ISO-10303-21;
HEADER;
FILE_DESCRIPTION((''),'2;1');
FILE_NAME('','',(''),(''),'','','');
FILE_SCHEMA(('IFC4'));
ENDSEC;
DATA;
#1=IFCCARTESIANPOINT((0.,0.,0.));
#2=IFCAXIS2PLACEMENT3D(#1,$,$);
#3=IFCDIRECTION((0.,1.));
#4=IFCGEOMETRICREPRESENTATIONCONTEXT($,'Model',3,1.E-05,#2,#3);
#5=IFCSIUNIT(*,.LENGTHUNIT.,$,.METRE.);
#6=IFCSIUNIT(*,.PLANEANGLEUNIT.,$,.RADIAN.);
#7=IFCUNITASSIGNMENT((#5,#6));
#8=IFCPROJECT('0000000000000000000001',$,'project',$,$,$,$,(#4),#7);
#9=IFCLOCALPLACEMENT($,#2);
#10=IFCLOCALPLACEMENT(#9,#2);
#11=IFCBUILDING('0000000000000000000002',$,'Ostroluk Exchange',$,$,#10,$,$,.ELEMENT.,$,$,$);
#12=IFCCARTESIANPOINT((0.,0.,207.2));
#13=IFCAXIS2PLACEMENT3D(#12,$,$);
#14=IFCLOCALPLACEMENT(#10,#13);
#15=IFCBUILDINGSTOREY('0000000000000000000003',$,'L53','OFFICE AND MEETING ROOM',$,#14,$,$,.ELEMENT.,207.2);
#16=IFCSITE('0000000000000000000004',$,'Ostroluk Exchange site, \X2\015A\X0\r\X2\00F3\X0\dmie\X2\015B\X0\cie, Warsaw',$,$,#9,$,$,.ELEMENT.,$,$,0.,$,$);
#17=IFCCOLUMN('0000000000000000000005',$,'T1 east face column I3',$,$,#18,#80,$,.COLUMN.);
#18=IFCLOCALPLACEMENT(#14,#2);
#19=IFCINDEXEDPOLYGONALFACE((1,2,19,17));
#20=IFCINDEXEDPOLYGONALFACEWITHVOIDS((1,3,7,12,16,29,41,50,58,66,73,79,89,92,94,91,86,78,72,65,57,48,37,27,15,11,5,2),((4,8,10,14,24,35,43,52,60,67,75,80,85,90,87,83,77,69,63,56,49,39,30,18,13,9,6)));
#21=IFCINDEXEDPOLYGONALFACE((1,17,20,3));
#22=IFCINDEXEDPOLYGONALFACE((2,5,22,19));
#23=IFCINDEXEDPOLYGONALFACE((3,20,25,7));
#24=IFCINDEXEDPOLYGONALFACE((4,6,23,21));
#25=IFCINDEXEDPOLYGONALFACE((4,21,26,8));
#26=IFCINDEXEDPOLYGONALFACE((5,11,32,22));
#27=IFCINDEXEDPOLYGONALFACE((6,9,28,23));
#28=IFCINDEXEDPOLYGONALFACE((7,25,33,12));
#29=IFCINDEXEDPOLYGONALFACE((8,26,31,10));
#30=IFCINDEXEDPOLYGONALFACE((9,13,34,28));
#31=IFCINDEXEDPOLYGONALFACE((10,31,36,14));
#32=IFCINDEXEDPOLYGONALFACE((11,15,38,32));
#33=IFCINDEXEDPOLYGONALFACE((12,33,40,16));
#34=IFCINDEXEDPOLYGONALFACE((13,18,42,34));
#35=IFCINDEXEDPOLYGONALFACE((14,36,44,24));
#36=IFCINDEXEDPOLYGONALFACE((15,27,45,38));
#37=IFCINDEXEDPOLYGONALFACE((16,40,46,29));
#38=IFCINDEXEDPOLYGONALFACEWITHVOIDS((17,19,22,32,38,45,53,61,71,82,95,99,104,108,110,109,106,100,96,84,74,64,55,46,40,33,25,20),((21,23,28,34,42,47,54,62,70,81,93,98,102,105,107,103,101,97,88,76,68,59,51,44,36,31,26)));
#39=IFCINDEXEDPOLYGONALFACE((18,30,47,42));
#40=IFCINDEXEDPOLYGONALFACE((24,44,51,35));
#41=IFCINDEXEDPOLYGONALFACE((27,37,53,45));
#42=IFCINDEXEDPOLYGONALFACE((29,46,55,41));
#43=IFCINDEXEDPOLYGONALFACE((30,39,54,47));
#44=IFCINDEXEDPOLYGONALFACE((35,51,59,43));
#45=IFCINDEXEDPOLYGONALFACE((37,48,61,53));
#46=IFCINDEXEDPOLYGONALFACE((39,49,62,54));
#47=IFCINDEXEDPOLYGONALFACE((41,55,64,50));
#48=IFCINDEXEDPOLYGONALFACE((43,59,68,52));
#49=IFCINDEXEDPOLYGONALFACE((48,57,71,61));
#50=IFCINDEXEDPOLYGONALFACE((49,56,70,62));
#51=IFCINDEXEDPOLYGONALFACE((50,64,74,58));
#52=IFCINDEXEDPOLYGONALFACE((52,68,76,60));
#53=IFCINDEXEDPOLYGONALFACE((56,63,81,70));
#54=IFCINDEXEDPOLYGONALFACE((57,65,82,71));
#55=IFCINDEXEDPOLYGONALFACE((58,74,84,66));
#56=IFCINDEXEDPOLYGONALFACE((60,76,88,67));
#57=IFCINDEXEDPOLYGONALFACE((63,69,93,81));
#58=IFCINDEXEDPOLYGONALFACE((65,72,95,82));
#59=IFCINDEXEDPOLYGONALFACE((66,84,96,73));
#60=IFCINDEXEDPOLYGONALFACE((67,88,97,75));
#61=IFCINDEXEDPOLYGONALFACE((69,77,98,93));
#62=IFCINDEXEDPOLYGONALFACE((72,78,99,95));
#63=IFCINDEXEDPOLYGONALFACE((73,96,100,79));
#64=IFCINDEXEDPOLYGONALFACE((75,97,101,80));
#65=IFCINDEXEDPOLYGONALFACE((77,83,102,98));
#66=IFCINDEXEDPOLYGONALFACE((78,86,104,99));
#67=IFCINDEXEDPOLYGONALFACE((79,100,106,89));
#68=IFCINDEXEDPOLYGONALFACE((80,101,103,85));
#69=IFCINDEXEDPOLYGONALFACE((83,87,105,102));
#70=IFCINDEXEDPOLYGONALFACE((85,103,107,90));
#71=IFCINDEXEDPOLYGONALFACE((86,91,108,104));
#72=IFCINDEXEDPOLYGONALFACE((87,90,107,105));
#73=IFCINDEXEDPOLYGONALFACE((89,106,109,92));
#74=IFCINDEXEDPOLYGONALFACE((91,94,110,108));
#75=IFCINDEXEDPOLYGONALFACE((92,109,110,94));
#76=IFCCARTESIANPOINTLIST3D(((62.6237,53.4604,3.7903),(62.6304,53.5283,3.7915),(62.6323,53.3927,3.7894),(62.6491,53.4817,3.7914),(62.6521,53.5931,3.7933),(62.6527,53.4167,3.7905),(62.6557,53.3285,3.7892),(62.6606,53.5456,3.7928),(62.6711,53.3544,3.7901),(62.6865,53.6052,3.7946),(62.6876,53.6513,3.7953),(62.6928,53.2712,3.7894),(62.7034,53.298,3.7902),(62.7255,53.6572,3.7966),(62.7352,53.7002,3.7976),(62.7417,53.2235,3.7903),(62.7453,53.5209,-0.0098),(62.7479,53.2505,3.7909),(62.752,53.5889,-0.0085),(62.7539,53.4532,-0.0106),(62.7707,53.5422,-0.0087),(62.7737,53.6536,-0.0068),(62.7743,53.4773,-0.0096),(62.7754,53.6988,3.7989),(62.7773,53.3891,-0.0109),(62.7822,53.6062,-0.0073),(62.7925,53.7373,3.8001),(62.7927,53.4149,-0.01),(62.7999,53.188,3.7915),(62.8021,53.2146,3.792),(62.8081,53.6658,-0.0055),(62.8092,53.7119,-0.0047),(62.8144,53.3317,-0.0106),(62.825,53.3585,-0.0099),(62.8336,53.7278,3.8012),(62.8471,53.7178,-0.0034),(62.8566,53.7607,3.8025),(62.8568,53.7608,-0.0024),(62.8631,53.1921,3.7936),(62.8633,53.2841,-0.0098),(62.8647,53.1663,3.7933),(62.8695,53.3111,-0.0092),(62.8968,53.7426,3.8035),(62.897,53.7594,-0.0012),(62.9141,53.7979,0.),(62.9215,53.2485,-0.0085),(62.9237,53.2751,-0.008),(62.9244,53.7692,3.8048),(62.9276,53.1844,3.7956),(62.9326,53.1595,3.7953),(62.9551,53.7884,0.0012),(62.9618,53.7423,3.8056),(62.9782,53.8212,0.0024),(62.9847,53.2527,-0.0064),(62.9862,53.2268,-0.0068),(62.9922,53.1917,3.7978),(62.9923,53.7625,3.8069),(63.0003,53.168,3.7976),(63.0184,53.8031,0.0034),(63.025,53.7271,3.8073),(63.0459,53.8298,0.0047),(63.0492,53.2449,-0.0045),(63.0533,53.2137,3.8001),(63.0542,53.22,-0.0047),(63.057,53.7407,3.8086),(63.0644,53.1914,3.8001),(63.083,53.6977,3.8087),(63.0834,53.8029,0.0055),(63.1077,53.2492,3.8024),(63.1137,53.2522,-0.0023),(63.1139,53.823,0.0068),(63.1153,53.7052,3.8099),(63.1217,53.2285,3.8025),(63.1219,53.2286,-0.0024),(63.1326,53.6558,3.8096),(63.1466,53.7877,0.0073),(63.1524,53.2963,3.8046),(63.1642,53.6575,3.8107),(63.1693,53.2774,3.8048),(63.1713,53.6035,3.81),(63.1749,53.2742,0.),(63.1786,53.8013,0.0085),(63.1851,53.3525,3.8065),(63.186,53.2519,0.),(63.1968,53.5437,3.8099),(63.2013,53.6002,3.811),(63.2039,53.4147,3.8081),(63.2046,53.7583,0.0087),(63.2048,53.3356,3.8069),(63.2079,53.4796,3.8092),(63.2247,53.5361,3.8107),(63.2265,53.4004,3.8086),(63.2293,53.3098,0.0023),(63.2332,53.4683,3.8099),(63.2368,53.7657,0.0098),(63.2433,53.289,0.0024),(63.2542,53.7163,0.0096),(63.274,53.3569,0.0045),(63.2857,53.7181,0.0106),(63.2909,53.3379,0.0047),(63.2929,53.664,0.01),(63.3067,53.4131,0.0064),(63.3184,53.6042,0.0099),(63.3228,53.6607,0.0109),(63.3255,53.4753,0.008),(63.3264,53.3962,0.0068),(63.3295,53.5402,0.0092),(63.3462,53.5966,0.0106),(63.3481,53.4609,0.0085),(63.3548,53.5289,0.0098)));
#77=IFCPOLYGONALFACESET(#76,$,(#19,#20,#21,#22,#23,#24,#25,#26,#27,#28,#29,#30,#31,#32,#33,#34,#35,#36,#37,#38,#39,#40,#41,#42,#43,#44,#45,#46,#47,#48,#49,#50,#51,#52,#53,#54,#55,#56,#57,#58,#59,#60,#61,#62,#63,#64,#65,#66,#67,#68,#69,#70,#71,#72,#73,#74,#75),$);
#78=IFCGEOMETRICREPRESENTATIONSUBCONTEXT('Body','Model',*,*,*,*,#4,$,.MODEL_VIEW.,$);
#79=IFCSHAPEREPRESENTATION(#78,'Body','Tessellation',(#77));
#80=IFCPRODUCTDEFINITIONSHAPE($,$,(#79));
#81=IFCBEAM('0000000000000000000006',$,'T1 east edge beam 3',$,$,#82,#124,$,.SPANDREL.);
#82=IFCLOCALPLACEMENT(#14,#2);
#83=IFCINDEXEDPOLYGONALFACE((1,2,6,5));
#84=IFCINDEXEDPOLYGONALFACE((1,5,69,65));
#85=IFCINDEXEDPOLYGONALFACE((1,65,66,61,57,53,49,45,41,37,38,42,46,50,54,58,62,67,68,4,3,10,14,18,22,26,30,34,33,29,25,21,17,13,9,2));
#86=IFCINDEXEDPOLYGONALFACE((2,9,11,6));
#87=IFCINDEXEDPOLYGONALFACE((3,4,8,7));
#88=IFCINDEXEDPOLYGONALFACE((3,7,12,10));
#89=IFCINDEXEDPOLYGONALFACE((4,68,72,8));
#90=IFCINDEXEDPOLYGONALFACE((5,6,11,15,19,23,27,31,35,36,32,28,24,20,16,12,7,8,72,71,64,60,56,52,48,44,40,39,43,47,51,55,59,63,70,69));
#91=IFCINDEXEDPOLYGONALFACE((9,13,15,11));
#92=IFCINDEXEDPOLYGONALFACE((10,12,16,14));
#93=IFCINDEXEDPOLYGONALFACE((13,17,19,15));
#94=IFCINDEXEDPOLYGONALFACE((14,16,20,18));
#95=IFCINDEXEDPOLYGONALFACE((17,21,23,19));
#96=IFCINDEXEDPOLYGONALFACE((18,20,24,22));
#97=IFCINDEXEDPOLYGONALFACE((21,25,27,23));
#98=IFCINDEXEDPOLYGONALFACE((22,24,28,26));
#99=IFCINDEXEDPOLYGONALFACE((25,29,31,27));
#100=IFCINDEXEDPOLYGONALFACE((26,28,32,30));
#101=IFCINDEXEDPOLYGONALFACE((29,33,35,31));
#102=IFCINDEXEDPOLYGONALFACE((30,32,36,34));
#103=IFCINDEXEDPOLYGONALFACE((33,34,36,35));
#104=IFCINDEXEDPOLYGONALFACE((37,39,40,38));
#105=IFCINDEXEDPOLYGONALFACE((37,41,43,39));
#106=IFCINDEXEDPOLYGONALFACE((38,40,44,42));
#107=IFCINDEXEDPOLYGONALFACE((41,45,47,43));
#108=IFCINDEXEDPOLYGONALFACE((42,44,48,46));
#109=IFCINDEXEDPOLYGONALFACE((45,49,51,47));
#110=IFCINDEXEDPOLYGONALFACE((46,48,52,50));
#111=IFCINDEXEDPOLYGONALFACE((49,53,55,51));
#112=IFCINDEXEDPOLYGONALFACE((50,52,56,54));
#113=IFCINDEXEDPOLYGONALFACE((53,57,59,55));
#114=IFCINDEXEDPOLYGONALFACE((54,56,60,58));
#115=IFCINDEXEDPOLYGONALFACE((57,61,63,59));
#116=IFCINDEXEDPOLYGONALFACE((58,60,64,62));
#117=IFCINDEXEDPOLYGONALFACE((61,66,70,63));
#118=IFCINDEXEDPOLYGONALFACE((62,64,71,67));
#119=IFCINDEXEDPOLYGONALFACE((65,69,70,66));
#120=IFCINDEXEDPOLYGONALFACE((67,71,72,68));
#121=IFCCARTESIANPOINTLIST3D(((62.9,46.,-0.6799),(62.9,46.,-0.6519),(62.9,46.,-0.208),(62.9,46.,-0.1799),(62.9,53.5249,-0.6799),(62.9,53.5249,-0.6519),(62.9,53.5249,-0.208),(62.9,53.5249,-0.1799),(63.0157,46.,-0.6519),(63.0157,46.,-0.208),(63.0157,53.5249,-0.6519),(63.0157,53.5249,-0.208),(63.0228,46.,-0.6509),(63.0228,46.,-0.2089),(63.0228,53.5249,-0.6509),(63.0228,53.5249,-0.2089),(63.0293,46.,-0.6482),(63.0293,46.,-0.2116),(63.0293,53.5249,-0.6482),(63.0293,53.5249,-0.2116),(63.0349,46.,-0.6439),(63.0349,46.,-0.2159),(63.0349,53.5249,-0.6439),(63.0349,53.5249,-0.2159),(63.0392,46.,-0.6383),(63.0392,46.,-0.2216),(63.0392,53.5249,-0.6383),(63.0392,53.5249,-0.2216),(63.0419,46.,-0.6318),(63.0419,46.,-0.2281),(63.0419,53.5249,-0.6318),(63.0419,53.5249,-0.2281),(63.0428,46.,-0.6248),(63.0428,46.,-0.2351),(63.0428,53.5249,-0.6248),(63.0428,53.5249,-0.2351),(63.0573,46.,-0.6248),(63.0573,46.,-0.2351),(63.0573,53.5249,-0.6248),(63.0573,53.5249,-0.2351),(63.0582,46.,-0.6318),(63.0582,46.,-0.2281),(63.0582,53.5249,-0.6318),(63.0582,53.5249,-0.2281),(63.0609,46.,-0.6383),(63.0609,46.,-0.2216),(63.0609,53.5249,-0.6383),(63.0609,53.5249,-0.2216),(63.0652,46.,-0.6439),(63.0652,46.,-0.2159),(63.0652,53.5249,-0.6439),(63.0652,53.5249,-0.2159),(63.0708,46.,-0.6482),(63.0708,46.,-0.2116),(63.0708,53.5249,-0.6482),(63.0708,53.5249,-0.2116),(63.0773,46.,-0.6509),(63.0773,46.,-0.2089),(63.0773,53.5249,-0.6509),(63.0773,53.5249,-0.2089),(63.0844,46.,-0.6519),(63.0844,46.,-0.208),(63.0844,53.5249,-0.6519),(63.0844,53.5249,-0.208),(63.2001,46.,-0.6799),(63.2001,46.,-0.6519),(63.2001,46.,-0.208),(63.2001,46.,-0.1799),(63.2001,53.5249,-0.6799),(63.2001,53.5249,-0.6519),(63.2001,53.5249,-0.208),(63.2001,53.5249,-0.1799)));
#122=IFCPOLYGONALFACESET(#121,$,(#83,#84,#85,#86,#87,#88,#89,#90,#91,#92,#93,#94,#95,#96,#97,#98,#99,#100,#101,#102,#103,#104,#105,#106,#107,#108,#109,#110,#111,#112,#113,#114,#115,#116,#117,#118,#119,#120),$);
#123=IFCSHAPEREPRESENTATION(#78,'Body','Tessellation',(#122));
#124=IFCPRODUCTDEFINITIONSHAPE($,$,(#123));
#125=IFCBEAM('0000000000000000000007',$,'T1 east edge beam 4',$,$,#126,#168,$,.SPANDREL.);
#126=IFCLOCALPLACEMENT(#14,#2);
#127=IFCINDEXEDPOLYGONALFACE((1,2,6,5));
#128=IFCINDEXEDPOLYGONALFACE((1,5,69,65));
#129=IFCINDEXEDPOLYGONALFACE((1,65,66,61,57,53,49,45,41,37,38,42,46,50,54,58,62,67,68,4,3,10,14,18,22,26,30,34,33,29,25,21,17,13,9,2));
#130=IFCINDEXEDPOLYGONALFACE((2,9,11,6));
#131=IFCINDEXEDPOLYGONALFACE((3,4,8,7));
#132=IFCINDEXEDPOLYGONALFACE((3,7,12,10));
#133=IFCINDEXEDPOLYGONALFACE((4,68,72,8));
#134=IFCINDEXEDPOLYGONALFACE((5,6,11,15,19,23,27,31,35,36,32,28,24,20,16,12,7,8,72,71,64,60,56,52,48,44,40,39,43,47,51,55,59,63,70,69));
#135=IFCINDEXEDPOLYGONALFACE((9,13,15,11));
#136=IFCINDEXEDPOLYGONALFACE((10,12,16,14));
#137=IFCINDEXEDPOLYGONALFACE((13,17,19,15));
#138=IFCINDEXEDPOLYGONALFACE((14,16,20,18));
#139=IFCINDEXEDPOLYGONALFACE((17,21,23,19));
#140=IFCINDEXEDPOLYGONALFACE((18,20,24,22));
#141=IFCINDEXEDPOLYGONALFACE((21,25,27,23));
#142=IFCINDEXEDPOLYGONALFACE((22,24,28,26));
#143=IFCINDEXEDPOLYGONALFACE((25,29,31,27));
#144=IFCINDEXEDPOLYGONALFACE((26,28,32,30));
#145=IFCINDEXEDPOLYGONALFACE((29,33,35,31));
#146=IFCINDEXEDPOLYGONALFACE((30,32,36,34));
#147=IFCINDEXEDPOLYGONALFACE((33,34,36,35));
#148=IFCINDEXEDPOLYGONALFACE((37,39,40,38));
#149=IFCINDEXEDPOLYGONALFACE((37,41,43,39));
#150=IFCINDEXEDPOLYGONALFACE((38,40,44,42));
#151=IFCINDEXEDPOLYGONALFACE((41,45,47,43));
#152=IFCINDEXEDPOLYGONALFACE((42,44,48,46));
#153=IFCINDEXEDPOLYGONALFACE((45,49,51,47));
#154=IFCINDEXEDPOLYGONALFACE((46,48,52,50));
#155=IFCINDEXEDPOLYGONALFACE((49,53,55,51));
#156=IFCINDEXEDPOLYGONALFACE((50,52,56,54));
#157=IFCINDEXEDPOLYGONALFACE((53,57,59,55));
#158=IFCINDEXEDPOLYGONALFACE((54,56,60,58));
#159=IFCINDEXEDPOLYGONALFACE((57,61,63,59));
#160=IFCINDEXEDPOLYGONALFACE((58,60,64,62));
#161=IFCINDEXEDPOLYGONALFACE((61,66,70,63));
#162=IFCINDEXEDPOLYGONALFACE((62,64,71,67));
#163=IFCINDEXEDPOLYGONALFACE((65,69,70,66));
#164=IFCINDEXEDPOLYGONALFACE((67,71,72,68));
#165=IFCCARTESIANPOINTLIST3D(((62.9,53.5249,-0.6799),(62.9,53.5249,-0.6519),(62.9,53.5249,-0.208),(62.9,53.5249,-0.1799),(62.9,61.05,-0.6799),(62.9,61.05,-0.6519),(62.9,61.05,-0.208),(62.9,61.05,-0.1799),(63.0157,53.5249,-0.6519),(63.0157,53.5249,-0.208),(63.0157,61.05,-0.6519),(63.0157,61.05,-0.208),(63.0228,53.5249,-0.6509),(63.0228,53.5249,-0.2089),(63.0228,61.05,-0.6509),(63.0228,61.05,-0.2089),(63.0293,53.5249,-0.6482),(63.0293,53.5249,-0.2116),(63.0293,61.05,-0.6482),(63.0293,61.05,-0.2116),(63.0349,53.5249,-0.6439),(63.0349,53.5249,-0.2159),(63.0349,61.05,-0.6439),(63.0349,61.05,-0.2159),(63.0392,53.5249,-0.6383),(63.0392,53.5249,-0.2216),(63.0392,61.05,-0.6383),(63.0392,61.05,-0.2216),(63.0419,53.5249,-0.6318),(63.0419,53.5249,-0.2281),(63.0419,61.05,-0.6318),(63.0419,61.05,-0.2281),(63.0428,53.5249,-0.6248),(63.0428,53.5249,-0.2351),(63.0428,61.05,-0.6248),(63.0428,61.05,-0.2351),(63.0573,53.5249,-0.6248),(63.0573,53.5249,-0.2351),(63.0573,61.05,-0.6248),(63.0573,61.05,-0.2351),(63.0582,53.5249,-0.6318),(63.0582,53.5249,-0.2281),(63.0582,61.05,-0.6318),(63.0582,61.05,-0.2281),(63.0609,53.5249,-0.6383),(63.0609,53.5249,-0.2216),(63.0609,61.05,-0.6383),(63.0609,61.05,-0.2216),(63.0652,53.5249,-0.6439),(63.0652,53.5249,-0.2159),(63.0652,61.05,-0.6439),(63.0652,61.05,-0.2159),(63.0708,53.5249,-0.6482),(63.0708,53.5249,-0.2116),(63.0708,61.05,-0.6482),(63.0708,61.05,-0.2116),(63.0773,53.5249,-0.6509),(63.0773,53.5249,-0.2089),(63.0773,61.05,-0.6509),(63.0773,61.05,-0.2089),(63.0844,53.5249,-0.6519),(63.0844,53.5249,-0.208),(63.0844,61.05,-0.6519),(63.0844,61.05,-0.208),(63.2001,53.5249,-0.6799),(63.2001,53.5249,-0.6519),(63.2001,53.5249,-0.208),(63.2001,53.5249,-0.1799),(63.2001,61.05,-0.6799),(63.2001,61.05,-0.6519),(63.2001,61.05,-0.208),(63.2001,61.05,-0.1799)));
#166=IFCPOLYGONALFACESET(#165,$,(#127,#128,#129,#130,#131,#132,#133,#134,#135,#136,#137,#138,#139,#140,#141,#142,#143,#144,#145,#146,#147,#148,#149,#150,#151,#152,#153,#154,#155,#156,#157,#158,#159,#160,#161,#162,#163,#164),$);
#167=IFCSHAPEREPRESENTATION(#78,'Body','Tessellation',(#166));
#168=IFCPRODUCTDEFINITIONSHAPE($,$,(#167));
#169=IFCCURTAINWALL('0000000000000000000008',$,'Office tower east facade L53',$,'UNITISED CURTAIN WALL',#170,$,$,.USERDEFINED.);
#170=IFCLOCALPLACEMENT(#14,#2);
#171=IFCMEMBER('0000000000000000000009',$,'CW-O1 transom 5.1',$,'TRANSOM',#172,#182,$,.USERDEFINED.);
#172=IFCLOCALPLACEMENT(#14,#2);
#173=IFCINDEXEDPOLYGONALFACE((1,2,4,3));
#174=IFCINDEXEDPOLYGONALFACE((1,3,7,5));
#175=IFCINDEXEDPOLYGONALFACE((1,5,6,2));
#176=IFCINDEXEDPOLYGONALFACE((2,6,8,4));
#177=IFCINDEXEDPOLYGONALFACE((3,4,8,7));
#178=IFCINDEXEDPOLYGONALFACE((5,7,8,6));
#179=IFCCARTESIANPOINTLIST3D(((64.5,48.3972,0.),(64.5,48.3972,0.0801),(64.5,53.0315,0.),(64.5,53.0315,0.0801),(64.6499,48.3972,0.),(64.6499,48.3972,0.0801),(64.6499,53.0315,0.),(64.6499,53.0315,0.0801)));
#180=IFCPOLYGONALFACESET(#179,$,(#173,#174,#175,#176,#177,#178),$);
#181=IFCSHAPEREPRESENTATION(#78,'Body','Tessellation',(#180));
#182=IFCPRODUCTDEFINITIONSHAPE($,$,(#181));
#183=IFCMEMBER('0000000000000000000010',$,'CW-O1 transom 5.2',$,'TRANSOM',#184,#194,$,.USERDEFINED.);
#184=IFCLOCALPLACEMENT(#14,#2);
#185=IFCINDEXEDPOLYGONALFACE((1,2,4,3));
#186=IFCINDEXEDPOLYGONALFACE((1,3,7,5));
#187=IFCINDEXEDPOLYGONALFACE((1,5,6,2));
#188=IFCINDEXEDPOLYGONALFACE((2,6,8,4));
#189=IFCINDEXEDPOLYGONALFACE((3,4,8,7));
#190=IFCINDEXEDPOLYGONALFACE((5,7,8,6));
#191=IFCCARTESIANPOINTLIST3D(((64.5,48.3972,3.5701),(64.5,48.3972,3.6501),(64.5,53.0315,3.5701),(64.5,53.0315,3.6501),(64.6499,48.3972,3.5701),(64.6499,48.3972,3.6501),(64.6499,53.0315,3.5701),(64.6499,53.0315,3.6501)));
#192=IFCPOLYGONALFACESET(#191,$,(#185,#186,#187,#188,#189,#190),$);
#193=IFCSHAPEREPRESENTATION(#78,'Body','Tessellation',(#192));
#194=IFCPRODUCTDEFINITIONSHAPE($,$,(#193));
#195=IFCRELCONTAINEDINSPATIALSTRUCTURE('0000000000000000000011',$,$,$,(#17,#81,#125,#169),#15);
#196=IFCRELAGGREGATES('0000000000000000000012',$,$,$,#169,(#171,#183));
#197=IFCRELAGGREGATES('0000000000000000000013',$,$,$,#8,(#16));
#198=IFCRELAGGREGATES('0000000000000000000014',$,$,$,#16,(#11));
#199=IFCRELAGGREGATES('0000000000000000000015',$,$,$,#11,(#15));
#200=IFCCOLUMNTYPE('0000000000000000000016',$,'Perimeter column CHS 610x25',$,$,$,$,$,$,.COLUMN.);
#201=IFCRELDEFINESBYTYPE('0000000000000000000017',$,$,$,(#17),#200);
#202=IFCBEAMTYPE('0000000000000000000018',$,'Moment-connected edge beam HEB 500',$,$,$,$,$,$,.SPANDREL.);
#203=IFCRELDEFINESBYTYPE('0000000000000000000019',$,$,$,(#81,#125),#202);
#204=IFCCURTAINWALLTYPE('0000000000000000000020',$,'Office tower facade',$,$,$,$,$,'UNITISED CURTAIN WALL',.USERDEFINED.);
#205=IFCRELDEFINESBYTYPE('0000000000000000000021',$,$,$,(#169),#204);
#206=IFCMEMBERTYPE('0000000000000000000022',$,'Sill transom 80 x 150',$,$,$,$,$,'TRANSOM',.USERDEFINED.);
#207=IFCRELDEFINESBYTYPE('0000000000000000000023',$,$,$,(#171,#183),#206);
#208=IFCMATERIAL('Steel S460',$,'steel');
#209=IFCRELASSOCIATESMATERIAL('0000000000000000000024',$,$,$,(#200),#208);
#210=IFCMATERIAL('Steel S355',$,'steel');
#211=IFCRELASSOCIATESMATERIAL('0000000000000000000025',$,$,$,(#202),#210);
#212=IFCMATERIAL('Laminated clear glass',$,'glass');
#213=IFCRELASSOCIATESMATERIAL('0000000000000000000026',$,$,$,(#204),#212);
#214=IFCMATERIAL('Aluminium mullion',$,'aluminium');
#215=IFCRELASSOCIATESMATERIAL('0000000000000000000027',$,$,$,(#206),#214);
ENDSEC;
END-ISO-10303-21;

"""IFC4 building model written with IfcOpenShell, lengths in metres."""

from ifc_helpers import new_model, si_unit, direction, frame, origin, origin_2d, place, context, subcontext, project, spatial, rectangle, hollow_circle, i_section, extrude, material, material_profile, profile_set, type_object, element, aggregate, save


model = new_model("IFC4")

# Units and contexts
model_context = context("Model", 3, precision=1e-05, world=origin(), true_north=direction((0.0, 1.0)))
body_context = subcontext(model_context, "Body", "Model", "MODEL_VIEW")
ifc_project = project(units=[si_unit("LENGTHUNIT", "METRE"), si_unit("PLANEANGLEUNIT", "RADIAN")], contexts=[model_context])

# Site, building, storey
site_placement = place(None, origin())
site = spatial("IfcSite", under=ifc_project, at=site_placement, Name="Ostroluk Exchange site, Śródmieście, Warsaw", CompositionType="ELEMENT", RefElevation=0.0)
building_placement = place(site_placement, origin())
building = spatial("IfcBuilding", under=site, at=building_placement, Name="Ostroluk Exchange", CompositionType="ELEMENT")
storey_placement = place(building_placement, frame((0.0, 0.0, 207.2)))
storey = spatial("IfcBuildingStorey", under=building, at=storey_placement, Name="L53", Description="OFFICE AND MEETING ROOM", CompositionType="ELEMENT", Elevation=207.2)

# Column
ifc_material_1 = material(Name="Steel S460", Category="steel")
ifc_material_profile_1 = material_profile(ifc_material_1, hollow_circle(Radius=0.3049, WallThickness=0.0249, at=origin_2d()), Name="CHS 610x25")
ifc_profile_set_1 = profile_set([ifc_material_profile_1], Name="Steel S460")
column_type = type_object("IfcColumnType", Name="Perimeter column CHS 610x25", PredefinedType="COLUMN", material=ifc_profile_set_1)
column_placement = place(storey_placement, frame((63.05, 53.5249, 0.0), z_axis=(-0.031974, -0.015923, 0.999362), x_axis=(0.445775, -0.895145, 0.0)))
element("IfcColumn", 1, at=column_placement, inside=storey, type_object=column_type, Name="T1 east face column I3", PredefinedType="COLUMN", context=body_context, shape_type="SweptSolid", body=[
    extrude(hollow_circle(Radius=0.3049, WallThickness=0.0249, at=origin_2d()), origin(), (0.0, 0.0, 1.0), 3.8025),
])

# Beams
ifc_material_2 = material(Name="Steel S355", Category="steel")
ifc_material_profile_2 = material_profile(ifc_material_2, i_section(OverallWidth=0.3, OverallDepth=0.5, WebThickness=0.0144, FlangeThickness=0.0281, FilletRadius=0.0271, at=origin_2d()), Name="HEB 500")
ifc_profile_set_2 = profile_set([ifc_material_profile_2], Name="Steel S355")
beam_type = type_object("IfcBeamType", Name="Moment-connected edge beam HEB 500", PredefinedType="SPANDREL", material=ifc_profile_set_2)
beam_1_placement = place(storey_placement, frame((63.05, 46.0, -0.4299), z_axis=(0.0, 1.0, 0.0), x_axis=(-1.0, 0.0, 0.0)))
element("IfcBeam", 2, at=beam_1_placement, inside=storey, type_object=beam_type, Name="T1 east edge beam 3", PredefinedType="SPANDREL", context=body_context, shape_type="SweptSolid", body=[
    extrude(i_section(OverallWidth=0.3, OverallDepth=0.5, WebThickness=0.0144, FlangeThickness=0.0281, FilletRadius=0.0271, at=origin_2d()), origin(), (0.0, 0.0, 1.0), 7.5249),
])
beam_2_placement = place(storey_placement, frame((63.05, 53.5249, -0.4299), z_axis=(0.0, 1.0, 0.0), x_axis=(-1.0, 0.0, 0.0)))
element("IfcBeam", 3, at=beam_2_placement, inside=storey, type_object=beam_type, Name="T1 east edge beam 4", PredefinedType="SPANDREL", context=body_context, shape_type="SweptSolid", body=[
    extrude(i_section(OverallWidth=0.3, OverallDepth=0.5, WebThickness=0.0144, FlangeThickness=0.0281, FilletRadius=0.0271, at=origin_2d()), origin(), (0.0, 0.0, 1.0), 7.5251),
])

# Curtain wall, members
ifc_material_3 = material(Name="Laminated clear glass", Category="glass")
curtain_wall_type = type_object("IfcCurtainWallType", Name="Office tower facade", ElementType="UNITISED CURTAIN WALL", PredefinedType="USERDEFINED", material=ifc_material_3)
curtain_wall_placement = place(storey_placement, origin())
curtain_wall = element("IfcCurtainWall", 4, at=curtain_wall_placement, inside=storey, type_object=curtain_wall_type, Name="Office tower east facade L53", ObjectType="UNITISED CURTAIN WALL", PredefinedType="USERDEFINED")
ifc_material_4 = material(Name="Aluminium mullion", Category="aluminium")
ifc_material_profile_3 = material_profile(ifc_material_4, rectangle(XDim=0.1499, YDim=0.0801, at=origin_2d()), Name="Sill transom 80 x 150")
ifc_profile_set_3 = profile_set([ifc_material_profile_3], Name="Aluminium mullion")
member_type_1 = type_object("IfcMemberType", Name="Sill transom 80 x 150", ElementType="TRANSOM", PredefinedType="USERDEFINED", material=ifc_profile_set_3)
member_1_placement = place(storey_placement, frame((64.575, 48.3972, 0.04), z_axis=(0.0, 1.0, 0.0), x_axis=(-1.0, 0.0, 0.0)))
member_1 = element("IfcMember", 5, at=member_1_placement, type_object=member_type_1, Name="CW-O1 transom 5.1", ObjectType="TRANSOM", PredefinedType="USERDEFINED", context=body_context, shape_type="SweptSolid", body=[
    extrude(rectangle(XDim=0.1499, YDim=0.0801, at=origin_2d()), origin(), (0.0, 0.0, 1.0), 4.6343),
])
member_2_placement = place(storey_placement, frame((64.575, 48.3972, 3.6101), z_axis=(0.0, 1.0, 0.0), x_axis=(-1.0, 0.0, 0.0)))
member_2 = element("IfcMember", 6, at=member_2_placement, type_object=member_type_1, Name="CW-O1 transom 5.2", ObjectType="TRANSOM", PredefinedType="USERDEFINED", context=body_context, shape_type="SweptSolid", body=[
    extrude(rectangle(XDim=0.1499, YDim=0.0801, at=origin_2d()), origin(), (0.0, 0.0, 1.0), 4.6343),
])
aggregate(curtain_wall, [member_1, member_2])

save(model, "model.ifc")
